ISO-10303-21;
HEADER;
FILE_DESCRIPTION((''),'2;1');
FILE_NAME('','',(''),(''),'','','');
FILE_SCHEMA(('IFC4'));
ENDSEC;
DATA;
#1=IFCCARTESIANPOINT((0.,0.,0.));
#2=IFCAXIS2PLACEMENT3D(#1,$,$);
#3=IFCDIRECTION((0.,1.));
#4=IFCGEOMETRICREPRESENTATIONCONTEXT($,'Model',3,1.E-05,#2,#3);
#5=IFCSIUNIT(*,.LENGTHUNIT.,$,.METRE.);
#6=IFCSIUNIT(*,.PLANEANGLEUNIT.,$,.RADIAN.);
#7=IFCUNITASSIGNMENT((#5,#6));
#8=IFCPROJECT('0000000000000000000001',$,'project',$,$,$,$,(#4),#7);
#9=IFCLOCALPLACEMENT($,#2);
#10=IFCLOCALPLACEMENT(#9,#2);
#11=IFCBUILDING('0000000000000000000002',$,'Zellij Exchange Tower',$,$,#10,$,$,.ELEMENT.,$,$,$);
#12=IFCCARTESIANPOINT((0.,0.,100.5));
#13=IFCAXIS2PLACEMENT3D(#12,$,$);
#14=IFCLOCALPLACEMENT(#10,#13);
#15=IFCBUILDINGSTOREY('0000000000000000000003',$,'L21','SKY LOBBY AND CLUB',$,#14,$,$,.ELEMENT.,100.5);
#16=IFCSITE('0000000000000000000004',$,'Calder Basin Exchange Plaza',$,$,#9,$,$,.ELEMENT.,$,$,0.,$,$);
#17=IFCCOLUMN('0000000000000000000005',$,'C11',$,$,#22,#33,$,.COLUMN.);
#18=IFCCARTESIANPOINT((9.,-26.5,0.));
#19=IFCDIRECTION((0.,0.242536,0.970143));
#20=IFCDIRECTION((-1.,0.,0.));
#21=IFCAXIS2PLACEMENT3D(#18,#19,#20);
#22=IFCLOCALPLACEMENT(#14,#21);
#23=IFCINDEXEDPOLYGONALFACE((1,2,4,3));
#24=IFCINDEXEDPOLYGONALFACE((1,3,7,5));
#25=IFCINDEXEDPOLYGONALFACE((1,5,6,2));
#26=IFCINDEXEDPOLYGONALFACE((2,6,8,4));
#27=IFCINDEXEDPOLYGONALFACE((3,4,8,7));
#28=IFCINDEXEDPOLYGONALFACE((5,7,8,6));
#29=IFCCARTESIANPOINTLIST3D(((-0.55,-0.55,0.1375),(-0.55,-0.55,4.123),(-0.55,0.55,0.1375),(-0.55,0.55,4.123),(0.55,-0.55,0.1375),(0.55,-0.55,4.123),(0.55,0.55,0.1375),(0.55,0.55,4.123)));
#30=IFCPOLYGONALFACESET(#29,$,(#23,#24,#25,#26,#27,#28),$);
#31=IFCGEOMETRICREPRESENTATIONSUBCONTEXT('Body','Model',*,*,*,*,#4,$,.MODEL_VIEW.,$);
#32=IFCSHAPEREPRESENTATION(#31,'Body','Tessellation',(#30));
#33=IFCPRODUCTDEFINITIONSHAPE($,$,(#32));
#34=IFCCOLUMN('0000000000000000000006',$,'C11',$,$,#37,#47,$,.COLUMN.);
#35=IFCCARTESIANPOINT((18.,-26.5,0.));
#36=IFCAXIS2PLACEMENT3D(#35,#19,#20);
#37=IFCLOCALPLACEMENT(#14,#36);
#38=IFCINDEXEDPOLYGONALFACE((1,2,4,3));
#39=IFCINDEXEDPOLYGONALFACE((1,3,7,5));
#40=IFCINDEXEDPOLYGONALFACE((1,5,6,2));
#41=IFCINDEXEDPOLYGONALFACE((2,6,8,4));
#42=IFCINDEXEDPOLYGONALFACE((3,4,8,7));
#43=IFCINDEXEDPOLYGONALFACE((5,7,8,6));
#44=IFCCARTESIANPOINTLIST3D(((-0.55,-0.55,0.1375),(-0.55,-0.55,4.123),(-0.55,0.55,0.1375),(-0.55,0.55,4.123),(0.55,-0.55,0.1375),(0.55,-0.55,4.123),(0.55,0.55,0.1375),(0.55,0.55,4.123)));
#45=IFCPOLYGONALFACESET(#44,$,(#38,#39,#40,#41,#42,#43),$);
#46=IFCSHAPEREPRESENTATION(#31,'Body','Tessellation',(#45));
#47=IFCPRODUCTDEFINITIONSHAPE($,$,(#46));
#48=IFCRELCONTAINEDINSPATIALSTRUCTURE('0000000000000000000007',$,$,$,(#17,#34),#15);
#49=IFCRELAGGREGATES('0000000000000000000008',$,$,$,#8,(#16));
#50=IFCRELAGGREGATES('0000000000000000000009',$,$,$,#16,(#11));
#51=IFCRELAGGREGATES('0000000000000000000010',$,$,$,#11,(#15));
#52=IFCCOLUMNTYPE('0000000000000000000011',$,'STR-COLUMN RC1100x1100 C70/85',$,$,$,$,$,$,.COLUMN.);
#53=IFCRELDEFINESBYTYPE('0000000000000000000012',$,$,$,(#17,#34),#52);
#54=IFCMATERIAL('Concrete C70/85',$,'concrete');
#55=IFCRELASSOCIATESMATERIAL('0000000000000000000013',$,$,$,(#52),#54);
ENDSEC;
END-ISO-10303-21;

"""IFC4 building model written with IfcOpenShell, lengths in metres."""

from ifc_helpers import new_model, si_unit, direction, frame, origin, origin_2d, place, context, subcontext, project, spatial, rectangle, extrude, clip, halfspace, material, material_profile, profile_set, type_object, element, save


model = new_model("IFC4")

# Units and contexts
model_context = context("Model", 3, precision=1e-05, world=origin(), true_north=direction((0.0, 1.0)))
body_context = subcontext(model_context, "Body", "Model", "MODEL_VIEW")
ifc_project = project(units=[si_unit("LENGTHUNIT", "METRE"), si_unit("PLANEANGLEUNIT", "RADIAN")], contexts=[model_context])

# Site, building, storey
site_placement = place(None, origin())
site = spatial("IfcSite", under=ifc_project, at=site_placement, Name="Calder Basin Exchange Plaza", CompositionType="ELEMENT", RefElevation=0.0)
building_placement = place(site_placement, origin())
building = spatial("IfcBuilding", under=site, at=building_placement, Name="Zellij Exchange Tower", CompositionType="ELEMENT")
storey_placement = place(building_placement, frame((0.0, 0.0, 100.5)))
storey = spatial("IfcBuildingStorey", under=building, at=storey_placement, Name="L21", Description="SKY LOBBY AND CLUB", CompositionType="ELEMENT", Elevation=100.5)

# Columns
ifc_material_1 = material(Name="Concrete C70/85", Category="concrete")
ifc_material_profile_1 = material_profile(ifc_material_1, rectangle(XDim=1.1001, YDim=1.1001, at=origin_2d()), Name="STR-COLUMN RC1100x1100 C70/85")
ifc_profile_set_1 = profile_set([ifc_material_profile_1], Name="Concrete C70/85")
column_type = type_object("IfcColumnType", Name="STR-COLUMN RC1100x1100 C70/85", PredefinedType="COLUMN", material=ifc_profile_set_1)
for number, where, z_axis, x_axis, name in (
    (1, (9.0, -26.5, 0.0), (0.0, 0.242536, 0.970143), (-1.0, 0.0, 0.0), "C11"),
    (2, (18.0, -26.5, 0.0), (0.0, 0.242536, 0.970143), (-1.0, 0.0, 0.0), "C11"),
):
    element("IfcColumn", number, at=place(storey_placement, frame(where, z_axis=z_axis, x_axis=x_axis)), inside=storey, type_object=column_type, Name=name, PredefinedType="COLUMN", context=body_context, shape_type="Clipping", body=[
        clip(extrude(rectangle(XDim=1.1001, YDim=1.1001, at=origin_2d()), origin(), (0.0, 0.0, 1.0), 4.123), halfspace(frame((0.0, 0.0, 0.1375)), True)),
    ])

save(model, "model.ifc")
